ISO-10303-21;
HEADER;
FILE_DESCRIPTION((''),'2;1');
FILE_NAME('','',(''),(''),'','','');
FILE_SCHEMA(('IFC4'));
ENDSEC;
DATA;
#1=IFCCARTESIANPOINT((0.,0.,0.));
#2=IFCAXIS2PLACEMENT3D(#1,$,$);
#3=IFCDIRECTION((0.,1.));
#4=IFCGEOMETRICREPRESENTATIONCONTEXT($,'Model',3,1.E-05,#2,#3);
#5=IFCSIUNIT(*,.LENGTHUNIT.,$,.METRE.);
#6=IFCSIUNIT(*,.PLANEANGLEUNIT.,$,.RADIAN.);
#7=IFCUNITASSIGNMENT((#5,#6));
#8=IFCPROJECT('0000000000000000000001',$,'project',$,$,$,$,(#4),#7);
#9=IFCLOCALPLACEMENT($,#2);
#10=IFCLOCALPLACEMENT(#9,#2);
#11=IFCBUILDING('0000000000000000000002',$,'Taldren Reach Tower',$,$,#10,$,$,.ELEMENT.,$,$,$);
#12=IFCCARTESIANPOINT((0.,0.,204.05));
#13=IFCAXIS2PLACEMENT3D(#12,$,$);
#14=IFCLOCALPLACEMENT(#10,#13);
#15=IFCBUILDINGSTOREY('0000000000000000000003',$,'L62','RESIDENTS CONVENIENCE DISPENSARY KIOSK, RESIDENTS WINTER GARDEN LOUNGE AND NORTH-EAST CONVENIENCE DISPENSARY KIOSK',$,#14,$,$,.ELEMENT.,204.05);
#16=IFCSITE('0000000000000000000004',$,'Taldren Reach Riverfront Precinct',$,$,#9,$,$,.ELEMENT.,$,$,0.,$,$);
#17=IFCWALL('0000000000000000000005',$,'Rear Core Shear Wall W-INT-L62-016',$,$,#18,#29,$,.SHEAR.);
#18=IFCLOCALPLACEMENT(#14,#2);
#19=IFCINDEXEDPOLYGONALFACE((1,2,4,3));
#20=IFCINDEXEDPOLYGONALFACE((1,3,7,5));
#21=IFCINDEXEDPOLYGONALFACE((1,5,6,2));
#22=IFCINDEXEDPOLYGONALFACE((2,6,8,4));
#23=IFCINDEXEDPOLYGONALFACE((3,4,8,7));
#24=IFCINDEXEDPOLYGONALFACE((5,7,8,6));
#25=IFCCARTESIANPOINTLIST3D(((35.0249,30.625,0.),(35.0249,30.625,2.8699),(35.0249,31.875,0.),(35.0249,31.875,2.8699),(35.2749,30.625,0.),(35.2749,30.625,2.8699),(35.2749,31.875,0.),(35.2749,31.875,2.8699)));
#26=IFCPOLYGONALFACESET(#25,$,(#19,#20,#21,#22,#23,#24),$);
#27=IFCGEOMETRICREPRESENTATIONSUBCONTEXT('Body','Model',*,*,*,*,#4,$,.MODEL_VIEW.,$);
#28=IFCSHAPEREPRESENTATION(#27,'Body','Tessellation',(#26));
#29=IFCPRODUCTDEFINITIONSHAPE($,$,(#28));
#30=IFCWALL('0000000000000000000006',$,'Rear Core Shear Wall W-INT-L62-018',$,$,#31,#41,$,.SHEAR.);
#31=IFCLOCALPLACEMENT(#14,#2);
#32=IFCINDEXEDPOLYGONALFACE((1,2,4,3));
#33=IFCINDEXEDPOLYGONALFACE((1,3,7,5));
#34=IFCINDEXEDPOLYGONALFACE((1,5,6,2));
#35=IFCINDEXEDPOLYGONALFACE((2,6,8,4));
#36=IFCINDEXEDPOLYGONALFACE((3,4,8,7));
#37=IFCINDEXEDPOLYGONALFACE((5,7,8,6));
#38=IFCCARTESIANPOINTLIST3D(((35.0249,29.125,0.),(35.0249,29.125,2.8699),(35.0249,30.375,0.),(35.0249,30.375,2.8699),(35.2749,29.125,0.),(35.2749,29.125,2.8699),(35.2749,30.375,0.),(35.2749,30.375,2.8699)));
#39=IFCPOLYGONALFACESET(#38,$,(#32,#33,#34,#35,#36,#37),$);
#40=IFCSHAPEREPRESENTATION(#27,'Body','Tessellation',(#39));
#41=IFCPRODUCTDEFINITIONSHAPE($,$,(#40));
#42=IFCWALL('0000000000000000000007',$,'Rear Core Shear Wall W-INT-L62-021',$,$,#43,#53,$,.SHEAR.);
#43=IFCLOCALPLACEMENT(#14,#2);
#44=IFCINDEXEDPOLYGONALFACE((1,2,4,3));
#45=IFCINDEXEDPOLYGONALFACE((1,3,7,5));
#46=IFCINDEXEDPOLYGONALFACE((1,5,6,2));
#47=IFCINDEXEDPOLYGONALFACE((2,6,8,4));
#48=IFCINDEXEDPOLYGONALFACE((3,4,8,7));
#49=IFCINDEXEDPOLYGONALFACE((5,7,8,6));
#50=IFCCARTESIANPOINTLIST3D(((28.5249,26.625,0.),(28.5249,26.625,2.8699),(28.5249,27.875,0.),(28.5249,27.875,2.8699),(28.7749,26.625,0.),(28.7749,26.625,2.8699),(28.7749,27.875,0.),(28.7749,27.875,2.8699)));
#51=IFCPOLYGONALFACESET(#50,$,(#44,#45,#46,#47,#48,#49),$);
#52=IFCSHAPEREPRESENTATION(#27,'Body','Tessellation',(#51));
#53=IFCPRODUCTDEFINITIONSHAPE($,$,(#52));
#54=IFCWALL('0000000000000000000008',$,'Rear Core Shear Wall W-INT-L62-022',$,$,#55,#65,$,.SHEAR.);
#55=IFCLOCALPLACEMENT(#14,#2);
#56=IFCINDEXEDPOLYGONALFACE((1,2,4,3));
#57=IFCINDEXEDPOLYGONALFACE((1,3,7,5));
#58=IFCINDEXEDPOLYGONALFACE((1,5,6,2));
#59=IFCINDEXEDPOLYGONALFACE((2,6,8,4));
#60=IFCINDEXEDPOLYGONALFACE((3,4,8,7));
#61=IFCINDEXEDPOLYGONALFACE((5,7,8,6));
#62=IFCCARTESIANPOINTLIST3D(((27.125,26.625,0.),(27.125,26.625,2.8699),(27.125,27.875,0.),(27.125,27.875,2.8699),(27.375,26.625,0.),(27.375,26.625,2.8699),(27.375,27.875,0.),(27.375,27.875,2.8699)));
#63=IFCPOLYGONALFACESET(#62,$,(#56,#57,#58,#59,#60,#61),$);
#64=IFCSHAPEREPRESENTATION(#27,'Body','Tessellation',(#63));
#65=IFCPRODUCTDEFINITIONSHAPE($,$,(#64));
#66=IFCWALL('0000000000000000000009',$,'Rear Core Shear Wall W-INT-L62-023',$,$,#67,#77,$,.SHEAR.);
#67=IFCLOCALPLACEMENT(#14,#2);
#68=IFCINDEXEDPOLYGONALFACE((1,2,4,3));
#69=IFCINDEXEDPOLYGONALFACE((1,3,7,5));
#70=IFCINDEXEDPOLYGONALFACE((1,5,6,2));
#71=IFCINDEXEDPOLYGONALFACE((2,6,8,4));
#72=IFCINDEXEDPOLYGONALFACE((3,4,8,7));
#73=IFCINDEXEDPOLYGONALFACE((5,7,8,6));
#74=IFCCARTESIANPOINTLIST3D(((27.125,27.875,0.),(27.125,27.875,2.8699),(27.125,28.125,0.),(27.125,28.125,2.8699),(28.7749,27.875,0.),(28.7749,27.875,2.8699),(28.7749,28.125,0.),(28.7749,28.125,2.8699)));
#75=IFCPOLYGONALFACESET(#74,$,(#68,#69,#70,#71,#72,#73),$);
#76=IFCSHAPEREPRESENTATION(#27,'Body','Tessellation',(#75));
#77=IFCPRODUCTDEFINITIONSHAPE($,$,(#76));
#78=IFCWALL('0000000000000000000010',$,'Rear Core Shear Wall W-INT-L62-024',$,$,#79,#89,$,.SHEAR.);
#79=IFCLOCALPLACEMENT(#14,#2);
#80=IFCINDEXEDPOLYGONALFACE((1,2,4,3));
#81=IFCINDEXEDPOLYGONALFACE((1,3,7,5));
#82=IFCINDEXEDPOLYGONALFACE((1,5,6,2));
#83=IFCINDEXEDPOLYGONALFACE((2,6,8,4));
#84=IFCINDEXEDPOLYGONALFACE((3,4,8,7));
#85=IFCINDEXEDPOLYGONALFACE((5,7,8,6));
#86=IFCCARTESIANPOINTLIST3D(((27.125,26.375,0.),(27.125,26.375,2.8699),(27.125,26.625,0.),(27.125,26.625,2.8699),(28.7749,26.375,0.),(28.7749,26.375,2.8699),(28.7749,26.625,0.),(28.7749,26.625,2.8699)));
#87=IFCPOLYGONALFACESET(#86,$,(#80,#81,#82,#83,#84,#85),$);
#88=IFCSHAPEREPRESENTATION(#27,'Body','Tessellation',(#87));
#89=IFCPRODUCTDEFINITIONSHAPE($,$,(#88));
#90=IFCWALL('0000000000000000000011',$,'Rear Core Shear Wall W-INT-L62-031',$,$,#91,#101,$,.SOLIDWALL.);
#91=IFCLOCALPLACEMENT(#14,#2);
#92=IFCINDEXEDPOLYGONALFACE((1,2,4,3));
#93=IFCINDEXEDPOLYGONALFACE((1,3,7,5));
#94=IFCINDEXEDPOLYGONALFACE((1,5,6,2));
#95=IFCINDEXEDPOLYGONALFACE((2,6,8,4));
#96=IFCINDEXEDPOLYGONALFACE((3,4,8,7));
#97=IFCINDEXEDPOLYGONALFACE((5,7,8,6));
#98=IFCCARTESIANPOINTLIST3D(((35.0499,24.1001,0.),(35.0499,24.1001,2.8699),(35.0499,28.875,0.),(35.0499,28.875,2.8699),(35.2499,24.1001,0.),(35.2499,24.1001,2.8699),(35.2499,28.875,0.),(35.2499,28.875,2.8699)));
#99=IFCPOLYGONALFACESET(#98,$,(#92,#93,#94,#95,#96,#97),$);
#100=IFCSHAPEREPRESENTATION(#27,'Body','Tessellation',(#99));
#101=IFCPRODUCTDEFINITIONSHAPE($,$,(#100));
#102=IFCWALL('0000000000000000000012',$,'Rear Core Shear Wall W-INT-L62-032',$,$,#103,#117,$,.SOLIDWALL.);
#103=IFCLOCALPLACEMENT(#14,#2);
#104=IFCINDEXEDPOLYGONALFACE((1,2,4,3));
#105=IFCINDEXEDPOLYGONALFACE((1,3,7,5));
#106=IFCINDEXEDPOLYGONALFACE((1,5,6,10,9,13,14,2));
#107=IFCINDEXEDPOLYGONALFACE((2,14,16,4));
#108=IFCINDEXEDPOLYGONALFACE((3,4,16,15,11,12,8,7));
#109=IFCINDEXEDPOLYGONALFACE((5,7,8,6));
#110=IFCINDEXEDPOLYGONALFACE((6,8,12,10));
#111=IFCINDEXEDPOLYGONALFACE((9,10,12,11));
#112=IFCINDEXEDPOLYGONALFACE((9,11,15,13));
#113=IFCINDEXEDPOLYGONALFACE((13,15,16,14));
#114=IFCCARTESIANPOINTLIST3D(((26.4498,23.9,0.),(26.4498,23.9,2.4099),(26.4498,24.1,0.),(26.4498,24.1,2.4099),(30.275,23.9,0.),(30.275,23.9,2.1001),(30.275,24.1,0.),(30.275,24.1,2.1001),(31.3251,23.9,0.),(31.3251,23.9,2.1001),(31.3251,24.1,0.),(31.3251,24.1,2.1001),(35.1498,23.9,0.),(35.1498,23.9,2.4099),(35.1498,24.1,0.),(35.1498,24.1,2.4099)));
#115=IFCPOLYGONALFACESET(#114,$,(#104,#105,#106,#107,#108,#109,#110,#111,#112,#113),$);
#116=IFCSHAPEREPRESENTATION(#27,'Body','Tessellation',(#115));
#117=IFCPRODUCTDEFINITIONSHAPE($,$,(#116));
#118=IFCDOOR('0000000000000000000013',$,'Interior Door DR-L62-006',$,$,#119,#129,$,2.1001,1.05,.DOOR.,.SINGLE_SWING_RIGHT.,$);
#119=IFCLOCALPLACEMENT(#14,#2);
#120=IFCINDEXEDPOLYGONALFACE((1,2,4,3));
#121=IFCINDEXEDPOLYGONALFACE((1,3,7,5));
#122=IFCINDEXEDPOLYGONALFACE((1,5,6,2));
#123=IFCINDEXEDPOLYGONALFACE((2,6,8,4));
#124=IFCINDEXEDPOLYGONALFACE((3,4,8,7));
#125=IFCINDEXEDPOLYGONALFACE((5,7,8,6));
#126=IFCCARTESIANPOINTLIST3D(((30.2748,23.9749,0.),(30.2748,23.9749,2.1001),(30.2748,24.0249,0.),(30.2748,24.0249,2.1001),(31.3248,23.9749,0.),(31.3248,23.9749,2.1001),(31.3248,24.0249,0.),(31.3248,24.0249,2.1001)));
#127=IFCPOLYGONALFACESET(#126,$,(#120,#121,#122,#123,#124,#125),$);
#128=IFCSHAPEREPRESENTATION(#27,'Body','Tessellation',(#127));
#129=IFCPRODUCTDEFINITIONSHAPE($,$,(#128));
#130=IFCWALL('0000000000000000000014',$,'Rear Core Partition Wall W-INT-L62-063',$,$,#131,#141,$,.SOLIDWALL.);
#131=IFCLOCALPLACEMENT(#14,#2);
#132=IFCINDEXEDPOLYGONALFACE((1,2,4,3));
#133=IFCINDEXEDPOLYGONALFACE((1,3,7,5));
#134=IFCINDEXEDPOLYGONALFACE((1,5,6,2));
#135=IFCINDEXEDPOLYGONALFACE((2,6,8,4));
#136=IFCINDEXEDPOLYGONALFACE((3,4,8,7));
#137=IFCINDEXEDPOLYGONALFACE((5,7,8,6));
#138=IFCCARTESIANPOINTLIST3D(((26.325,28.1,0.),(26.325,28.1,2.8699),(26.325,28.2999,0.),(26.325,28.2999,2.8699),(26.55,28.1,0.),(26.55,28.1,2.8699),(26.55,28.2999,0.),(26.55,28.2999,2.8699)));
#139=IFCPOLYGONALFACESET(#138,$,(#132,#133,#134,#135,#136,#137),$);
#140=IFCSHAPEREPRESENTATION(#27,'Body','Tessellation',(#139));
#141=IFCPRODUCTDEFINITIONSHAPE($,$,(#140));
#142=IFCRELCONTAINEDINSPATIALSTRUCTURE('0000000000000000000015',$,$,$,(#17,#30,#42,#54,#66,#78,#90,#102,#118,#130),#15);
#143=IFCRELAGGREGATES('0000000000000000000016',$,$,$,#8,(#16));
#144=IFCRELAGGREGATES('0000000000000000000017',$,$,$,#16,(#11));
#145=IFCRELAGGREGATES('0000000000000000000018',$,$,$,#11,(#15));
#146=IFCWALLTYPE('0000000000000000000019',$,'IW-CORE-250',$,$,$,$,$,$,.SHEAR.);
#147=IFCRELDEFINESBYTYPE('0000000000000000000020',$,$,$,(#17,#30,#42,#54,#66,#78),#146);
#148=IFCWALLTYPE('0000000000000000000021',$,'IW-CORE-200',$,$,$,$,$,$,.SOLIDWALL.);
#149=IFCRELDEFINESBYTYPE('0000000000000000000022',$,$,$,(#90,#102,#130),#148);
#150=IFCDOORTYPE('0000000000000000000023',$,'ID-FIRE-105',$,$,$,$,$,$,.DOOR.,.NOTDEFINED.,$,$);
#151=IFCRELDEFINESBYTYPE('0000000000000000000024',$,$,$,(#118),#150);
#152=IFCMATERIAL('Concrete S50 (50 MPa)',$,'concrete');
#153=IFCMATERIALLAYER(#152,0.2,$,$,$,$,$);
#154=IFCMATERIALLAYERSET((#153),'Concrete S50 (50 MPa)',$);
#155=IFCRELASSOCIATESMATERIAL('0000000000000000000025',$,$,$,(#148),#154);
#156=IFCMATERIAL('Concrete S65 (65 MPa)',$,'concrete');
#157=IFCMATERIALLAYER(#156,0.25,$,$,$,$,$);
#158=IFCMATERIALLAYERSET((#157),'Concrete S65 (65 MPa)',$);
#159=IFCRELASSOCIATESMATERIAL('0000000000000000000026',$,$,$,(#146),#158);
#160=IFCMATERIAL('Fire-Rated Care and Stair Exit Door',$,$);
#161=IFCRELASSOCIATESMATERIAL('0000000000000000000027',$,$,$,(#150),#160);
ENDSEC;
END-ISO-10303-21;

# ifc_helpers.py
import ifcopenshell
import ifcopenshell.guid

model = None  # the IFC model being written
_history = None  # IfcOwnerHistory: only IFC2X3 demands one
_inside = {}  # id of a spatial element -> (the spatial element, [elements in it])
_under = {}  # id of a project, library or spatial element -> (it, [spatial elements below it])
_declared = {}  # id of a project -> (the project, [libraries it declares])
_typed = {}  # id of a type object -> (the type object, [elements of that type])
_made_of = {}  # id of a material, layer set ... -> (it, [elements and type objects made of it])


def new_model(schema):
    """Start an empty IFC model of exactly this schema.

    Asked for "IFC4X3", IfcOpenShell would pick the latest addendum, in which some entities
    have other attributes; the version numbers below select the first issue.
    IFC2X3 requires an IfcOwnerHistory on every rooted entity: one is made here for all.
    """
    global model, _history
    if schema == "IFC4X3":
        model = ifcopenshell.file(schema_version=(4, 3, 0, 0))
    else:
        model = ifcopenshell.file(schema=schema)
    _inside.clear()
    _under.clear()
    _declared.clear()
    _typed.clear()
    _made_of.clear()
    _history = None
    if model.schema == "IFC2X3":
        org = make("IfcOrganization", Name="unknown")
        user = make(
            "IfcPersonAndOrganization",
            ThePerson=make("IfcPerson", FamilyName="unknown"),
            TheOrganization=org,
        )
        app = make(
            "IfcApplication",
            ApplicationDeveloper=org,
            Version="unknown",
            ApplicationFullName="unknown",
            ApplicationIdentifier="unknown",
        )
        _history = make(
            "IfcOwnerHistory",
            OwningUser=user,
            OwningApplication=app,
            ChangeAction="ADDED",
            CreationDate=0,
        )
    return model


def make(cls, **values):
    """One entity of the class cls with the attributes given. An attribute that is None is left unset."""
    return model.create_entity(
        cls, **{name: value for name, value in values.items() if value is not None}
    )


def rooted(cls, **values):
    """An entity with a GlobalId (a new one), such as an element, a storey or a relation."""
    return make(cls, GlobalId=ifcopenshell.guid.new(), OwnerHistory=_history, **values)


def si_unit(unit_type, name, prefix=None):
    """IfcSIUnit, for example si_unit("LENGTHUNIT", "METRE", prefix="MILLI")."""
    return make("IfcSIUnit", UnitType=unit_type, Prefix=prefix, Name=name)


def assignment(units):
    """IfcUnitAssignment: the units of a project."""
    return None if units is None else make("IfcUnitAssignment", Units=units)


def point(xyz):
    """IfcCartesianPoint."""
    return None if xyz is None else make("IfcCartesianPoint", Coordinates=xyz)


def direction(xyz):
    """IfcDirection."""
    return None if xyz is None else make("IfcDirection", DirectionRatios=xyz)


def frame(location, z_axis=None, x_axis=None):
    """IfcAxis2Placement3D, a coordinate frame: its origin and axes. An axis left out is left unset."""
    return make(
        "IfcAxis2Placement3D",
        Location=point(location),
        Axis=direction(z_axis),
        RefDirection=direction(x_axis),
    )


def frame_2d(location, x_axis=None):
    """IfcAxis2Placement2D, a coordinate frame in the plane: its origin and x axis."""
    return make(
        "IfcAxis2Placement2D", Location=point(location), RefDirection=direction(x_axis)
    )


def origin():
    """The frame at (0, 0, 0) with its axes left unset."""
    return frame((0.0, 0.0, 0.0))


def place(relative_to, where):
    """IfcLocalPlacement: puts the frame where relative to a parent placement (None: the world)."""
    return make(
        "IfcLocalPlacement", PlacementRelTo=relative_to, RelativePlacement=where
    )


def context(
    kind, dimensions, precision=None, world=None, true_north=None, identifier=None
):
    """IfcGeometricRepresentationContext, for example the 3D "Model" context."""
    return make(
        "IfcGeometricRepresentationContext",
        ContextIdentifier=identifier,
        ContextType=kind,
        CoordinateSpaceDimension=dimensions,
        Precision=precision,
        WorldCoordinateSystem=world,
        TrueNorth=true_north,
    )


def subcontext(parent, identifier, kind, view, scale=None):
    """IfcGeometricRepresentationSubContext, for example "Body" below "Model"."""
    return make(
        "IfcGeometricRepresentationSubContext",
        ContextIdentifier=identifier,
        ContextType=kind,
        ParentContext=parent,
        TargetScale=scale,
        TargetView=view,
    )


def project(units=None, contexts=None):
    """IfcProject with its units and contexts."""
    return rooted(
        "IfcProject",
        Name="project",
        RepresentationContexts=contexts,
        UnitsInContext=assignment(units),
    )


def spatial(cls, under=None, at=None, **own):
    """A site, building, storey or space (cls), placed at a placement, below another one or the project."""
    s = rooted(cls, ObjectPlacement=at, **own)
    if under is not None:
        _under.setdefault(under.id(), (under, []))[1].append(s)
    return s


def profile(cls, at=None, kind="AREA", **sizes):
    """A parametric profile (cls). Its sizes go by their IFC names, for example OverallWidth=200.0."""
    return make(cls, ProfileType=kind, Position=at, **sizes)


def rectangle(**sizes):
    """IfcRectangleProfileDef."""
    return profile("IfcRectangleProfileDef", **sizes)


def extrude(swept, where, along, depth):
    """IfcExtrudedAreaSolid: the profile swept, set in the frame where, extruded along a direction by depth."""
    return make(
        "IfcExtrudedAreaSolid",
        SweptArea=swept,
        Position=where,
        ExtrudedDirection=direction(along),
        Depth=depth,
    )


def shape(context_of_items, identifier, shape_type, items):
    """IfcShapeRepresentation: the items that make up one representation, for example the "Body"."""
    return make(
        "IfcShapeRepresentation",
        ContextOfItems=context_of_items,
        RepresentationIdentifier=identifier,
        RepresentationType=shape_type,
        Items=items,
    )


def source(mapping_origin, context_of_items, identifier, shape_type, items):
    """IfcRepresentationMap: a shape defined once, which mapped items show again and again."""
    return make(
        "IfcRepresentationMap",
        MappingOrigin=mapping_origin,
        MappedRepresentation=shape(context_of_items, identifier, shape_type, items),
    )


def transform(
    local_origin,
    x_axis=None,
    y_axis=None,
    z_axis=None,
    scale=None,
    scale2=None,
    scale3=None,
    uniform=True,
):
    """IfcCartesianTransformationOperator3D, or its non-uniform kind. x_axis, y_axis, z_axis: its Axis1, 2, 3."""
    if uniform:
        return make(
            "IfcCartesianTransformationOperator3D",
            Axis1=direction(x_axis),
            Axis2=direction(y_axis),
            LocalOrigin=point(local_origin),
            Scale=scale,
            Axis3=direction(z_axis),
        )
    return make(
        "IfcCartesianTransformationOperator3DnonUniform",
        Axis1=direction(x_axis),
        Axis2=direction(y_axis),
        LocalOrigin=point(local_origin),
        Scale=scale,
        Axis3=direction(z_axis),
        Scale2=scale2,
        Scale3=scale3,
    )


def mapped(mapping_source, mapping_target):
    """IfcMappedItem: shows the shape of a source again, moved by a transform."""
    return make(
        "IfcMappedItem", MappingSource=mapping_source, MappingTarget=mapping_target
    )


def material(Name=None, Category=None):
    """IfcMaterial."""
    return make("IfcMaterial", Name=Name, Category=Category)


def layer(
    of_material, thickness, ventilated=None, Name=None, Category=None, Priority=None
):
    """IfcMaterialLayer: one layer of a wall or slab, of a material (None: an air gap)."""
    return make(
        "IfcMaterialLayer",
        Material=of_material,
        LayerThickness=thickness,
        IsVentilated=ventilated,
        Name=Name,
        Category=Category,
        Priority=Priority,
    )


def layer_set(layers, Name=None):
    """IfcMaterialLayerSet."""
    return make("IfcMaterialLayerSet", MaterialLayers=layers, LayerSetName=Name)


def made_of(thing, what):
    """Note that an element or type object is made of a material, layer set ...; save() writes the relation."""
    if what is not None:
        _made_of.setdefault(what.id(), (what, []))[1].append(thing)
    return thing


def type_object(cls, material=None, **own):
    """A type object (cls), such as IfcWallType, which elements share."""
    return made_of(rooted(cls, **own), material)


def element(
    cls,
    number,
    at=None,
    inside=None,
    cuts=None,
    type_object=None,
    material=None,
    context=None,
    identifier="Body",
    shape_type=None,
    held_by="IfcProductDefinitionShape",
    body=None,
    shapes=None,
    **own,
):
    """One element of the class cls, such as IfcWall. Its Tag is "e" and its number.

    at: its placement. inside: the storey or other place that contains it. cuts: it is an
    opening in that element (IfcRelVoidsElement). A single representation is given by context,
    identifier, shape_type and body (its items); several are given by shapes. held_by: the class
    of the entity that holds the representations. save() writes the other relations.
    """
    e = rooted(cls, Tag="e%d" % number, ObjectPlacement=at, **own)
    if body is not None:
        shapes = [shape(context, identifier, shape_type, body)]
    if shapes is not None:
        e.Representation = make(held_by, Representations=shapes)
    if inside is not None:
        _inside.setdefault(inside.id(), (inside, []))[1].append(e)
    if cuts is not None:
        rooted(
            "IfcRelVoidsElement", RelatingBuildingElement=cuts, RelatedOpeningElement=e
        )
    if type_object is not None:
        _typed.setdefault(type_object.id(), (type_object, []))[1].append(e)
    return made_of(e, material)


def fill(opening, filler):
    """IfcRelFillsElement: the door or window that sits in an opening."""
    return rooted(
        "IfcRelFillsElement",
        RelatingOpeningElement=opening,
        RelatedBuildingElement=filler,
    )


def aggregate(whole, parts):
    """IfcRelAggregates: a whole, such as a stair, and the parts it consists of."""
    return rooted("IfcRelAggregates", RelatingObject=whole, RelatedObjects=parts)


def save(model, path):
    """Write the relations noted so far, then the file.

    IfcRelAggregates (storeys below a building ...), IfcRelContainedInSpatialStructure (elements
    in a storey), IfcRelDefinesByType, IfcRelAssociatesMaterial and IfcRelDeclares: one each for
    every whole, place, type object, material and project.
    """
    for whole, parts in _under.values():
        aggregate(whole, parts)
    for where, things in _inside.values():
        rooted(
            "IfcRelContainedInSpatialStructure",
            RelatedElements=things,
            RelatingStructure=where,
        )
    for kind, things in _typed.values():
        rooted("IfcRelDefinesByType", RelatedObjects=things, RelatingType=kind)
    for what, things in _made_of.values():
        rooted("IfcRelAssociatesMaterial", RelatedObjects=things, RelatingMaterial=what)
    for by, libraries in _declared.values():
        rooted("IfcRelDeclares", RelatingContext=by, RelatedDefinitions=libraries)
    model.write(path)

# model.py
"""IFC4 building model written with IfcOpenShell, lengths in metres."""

from ifc_helpers import new_model, si_unit, direction, frame, frame_2d, origin, place, context, subcontext, project, spatial, rectangle, extrude, source, transform, mapped, material, layer, layer_set, type_object, element, fill, save


model = new_model("IFC4")

# Units and contexts
model_context = context("Model", 3, precision=1e-05, world=origin(), true_north=direction((0.0, 1.0)))
body_context = subcontext(model_context, "Body", "Model", "MODEL_VIEW")
ifc_project = project(units=[si_unit("LENGTHUNIT", "METRE"), si_unit("PLANEANGLEUNIT", "RADIAN")], contexts=[model_context])

# Site, building, storey
site_placement = place(None, origin())
site = spatial("IfcSite", under=ifc_project, at=site_placement, Name="Taldren Reach Riverfront Precinct", CompositionType="ELEMENT", RefElevation=0.0)
building_placement = place(site_placement, origin())
building = spatial("IfcBuilding", under=site, at=building_placement, Name="Taldren Reach Tower", CompositionType="ELEMENT")
storey_placement = place(building_placement, frame((0.0, 0.0, 204.05)))
storey = spatial("IfcBuildingStorey", under=building, at=storey_placement, Name="L62", Description="RESIDENTS CONVENIENCE DISPENSARY KIOSK, RESIDENTS WINTER GARDEN LOUNGE AND NORTH-EAST CONVENIENCE DISPENSARY KIOSK", CompositionType="ELEMENT", Elevation=204.05)

# Shared definitions
ifc_material_1 = material(Name="Concrete S50 (50 MPa)", Category="concrete")
ifc_layer_1 = layer(ifc_material_1, 0.2)
ifc_layer_set_1 = layer_set([ifc_layer_1], Name="Concrete S50 (50 MPa)")
wall_type_1 = type_object("IfcWallType", Name="IW-CORE-200", PredefinedType="SOLIDWALL", material=ifc_layer_set_1)
ifc_material_2 = material(Name="Concrete S65 (65 MPa)", Category="concrete")
ifc_layer_2 = layer(ifc_material_2, 0.25)
ifc_layer_set_2 = layer_set([ifc_layer_2], Name="Concrete S65 (65 MPa)")
wall_type_2 = type_object("IfcWallType", Name="IW-CORE-250", PredefinedType="SHEAR", material=ifc_layer_set_2)

# Shared definitions
ifc_material_3 = material(Name="Fire-Rated Care and Stair Exit Door")
door_type_1 = type_object("IfcDoorType", Name="ID-FIRE-105", OperationType="NOTDEFINED", PredefinedType="DOOR", material=ifc_material_3)
shared_shape_1 = source(origin(), body_context, "Body", "SweptSolid", [
    extrude(rectangle(XDim=1.05, YDim=2.1001, at=frame_2d((0.5249, 1.05))), frame((0.0, 0.0249, 0.0), z_axis=(0.0, -1.0, 0.0), x_axis=(1.0, 0.0, 0.0)), (0.0, 0.0, 1.0), 0.05),
])
shared_shape_2 = source(origin(), body_context, "Body", "SweptSolid", [
    extrude(rectangle(XDim=1.05, YDim=2.1001, at=frame_2d((0.5249, 1.05))), frame((0.0, 0.1099, 0.0), z_axis=(0.0, -1.0, 0.0), x_axis=(1.0, 0.0, 0.0)), (0.0, 0.0, 1.0), 0.22),
])

# Walls
shared_shape_3 = source(origin(), body_context, "Body", "SweptSolid", [
    extrude(rectangle(XDim=1.25, YDim=0.25, at=frame_2d((0.625, 0.0))), origin(), (0.0, 0.0, 1.0), 2.8699),
])
for number, where, z_axis, x_axis, name in (
    (1, (35.1499, 31.875, 0.0), (0.0, 0.0, 1.0), (0.0, -1.0, 0.0), "Rear Core Shear Wall W-INT-L62-016"),
    (2, (35.1499, 30.375, 0.0), (0.0, 0.0, 1.0), (0.0, -1.0, 0.0), "Rear Core Shear Wall W-INT-L62-018"),
    (3, (28.6499, 26.625, 0.0), (0.0, 0.0, 1.0), (0.0, 1.0, 0.0), "Rear Core Shear Wall W-INT-L62-021"),
    (4, (27.25, 27.875, 0.0), (0.0, 0.0, 1.0), (0.0, -1.0, 0.0), "Rear Core Shear Wall W-INT-L62-022"),
):
    element("IfcWall", number, at=place(storey_placement, frame(where, z_axis=z_axis, x_axis=x_axis)), inside=storey, type_object=wall_type_2, Name=name, PredefinedType="SHEAR", context=body_context, shape_type="MappedRepresentation", body=[
        mapped(shared_shape_3, transform((0.0, 0.0, 0.0), scale=1.0)),
    ])
shared_shape_4 = source(origin(), body_context, "Body", "SweptSolid", [
    extrude(rectangle(XDim=1.6499, YDim=0.25, at=frame_2d((0.825, 0.0))), origin(), (0.0, 0.0, 1.0), 2.8699),
])
for number, where, z_axis, x_axis, name in (
    (5, (28.7749, 28.0, 0.0), (0.0, 0.0, 1.0), (-1.0, 0.0, 0.0), "Rear Core Shear Wall W-INT-L62-023"),
    (6, (27.125, 26.5, 0.0), (0.0, 0.0, 1.0), (1.0, 0.0, 0.0), "Rear Core Shear Wall W-INT-L62-024"),
):
    element("IfcWall", number, at=place(storey_placement, frame(where, z_axis=z_axis, x_axis=x_axis)), inside=storey, type_object=wall_type_2, Name=name, PredefinedType="SHEAR", context=body_context, shape_type="MappedRepresentation", body=[
        mapped(shared_shape_4, transform((0.0, 0.0, 0.0), scale=1.0)),
    ])
shared_shape_5 = source(origin(), body_context, "Body", "SweptSolid", [
    extrude(rectangle(XDim=4.7749, YDim=0.2, at=frame_2d((2.3875, 0.0))), origin(), (0.0, 0.0, 1.0), 2.8699),
])
wall_1_placement = place(storey_placement, frame((35.1499, 28.875, 0.0), z_axis=(0.0, 0.0, 1.0), x_axis=(0.0, -1.0, 0.0)))
element("IfcWall", 7, at=wall_1_placement, inside=storey, type_object=wall_type_1, Name="Rear Core Shear Wall W-INT-L62-031", PredefinedType="SOLIDWALL", context=body_context, shape_type="MappedRepresentation", body=[
    mapped(shared_shape_5, transform((0.0, 0.0, 0.0), scale=1.0)),
])

# Wall, opening, door
shared_shape_6 = source(origin(), body_context, "Body", "SweptSolid", [
    extrude(rectangle(XDim=8.7, YDim=0.2, at=frame_2d((4.3501, 0.0))), origin(), (0.0, 0.0, 1.0), 2.4099),
])
wall_2_placement = place(storey_placement, frame((35.1499, 24.0, 0.0), z_axis=(0.0, 0.0, 1.0), x_axis=(-1.0, 0.0, 0.0)))
wall_2 = element("IfcWall", 8, at=wall_2_placement, inside=storey, type_object=wall_type_1, Name="Rear Core Shear Wall W-INT-L62-032", PredefinedType="SOLIDWALL", context=body_context, shape_type="MappedRepresentation", body=[
    mapped(shared_shape_6, transform((0.0, 0.0, 0.0), scale=1.0)),
])
opening_1_placement = place(wall_2_placement, frame((3.825, 0.0, 0.0)))
opening_1 = element("IfcOpeningElement", 9, at=opening_1_placement, cuts=wall_2, PredefinedType="OPENING", context=body_context, shape_type="MappedRepresentation", body=[
    mapped(shared_shape_2, transform((0.0, 0.0, 0.0), scale=1.0)),
])
door_1_placement = place(opening_1_placement, frame((1.05, 0.0, 0.0), z_axis=(0.0, 0.0, 1.0), x_axis=(-1.0, 0.0, 0.0)))
door_1 = element("IfcDoor", 10, at=door_1_placement, inside=storey, type_object=door_type_1, Name="Interior Door DR-L62-006", OperationType="SINGLE_SWING_RIGHT", OverallHeight=2.1001, OverallWidth=1.05, PredefinedType="DOOR", context=body_context, shape_type="MappedRepresentation", body=[
    mapped(shared_shape_1, transform((0.0, 0.0, 0.0), scale=1.0)),
])
fill(opening_1, door_1)

# Wall
shared_shape_7 = source(origin(), body_context, "Body", "SweptSolid", [
    extrude(rectangle(XDim=0.2251, YDim=0.2, at=frame_2d((0.1125, 0.0))), origin(), (0.0, 0.0, 1.0), 2.8699),
])
wall_3_placement = place(storey_placement, frame((26.325, 28.2, 0.0), z_axis=(0.0, 0.0, 1.0), x_axis=(1.0, 0.0, 0.0)))
element("IfcWall", 11, at=wall_3_placement, inside=storey, type_object=wall_type_1, Name="Rear Core Partition Wall W-INT-L62-063", PredefinedType="SOLIDWALL", context=body_context, shape_type="MappedRepresentation", body=[
    mapped(shared_shape_7, transform((0.0, 0.0, 0.0), scale=1.0)),
])

save(model, "model.ifc")
